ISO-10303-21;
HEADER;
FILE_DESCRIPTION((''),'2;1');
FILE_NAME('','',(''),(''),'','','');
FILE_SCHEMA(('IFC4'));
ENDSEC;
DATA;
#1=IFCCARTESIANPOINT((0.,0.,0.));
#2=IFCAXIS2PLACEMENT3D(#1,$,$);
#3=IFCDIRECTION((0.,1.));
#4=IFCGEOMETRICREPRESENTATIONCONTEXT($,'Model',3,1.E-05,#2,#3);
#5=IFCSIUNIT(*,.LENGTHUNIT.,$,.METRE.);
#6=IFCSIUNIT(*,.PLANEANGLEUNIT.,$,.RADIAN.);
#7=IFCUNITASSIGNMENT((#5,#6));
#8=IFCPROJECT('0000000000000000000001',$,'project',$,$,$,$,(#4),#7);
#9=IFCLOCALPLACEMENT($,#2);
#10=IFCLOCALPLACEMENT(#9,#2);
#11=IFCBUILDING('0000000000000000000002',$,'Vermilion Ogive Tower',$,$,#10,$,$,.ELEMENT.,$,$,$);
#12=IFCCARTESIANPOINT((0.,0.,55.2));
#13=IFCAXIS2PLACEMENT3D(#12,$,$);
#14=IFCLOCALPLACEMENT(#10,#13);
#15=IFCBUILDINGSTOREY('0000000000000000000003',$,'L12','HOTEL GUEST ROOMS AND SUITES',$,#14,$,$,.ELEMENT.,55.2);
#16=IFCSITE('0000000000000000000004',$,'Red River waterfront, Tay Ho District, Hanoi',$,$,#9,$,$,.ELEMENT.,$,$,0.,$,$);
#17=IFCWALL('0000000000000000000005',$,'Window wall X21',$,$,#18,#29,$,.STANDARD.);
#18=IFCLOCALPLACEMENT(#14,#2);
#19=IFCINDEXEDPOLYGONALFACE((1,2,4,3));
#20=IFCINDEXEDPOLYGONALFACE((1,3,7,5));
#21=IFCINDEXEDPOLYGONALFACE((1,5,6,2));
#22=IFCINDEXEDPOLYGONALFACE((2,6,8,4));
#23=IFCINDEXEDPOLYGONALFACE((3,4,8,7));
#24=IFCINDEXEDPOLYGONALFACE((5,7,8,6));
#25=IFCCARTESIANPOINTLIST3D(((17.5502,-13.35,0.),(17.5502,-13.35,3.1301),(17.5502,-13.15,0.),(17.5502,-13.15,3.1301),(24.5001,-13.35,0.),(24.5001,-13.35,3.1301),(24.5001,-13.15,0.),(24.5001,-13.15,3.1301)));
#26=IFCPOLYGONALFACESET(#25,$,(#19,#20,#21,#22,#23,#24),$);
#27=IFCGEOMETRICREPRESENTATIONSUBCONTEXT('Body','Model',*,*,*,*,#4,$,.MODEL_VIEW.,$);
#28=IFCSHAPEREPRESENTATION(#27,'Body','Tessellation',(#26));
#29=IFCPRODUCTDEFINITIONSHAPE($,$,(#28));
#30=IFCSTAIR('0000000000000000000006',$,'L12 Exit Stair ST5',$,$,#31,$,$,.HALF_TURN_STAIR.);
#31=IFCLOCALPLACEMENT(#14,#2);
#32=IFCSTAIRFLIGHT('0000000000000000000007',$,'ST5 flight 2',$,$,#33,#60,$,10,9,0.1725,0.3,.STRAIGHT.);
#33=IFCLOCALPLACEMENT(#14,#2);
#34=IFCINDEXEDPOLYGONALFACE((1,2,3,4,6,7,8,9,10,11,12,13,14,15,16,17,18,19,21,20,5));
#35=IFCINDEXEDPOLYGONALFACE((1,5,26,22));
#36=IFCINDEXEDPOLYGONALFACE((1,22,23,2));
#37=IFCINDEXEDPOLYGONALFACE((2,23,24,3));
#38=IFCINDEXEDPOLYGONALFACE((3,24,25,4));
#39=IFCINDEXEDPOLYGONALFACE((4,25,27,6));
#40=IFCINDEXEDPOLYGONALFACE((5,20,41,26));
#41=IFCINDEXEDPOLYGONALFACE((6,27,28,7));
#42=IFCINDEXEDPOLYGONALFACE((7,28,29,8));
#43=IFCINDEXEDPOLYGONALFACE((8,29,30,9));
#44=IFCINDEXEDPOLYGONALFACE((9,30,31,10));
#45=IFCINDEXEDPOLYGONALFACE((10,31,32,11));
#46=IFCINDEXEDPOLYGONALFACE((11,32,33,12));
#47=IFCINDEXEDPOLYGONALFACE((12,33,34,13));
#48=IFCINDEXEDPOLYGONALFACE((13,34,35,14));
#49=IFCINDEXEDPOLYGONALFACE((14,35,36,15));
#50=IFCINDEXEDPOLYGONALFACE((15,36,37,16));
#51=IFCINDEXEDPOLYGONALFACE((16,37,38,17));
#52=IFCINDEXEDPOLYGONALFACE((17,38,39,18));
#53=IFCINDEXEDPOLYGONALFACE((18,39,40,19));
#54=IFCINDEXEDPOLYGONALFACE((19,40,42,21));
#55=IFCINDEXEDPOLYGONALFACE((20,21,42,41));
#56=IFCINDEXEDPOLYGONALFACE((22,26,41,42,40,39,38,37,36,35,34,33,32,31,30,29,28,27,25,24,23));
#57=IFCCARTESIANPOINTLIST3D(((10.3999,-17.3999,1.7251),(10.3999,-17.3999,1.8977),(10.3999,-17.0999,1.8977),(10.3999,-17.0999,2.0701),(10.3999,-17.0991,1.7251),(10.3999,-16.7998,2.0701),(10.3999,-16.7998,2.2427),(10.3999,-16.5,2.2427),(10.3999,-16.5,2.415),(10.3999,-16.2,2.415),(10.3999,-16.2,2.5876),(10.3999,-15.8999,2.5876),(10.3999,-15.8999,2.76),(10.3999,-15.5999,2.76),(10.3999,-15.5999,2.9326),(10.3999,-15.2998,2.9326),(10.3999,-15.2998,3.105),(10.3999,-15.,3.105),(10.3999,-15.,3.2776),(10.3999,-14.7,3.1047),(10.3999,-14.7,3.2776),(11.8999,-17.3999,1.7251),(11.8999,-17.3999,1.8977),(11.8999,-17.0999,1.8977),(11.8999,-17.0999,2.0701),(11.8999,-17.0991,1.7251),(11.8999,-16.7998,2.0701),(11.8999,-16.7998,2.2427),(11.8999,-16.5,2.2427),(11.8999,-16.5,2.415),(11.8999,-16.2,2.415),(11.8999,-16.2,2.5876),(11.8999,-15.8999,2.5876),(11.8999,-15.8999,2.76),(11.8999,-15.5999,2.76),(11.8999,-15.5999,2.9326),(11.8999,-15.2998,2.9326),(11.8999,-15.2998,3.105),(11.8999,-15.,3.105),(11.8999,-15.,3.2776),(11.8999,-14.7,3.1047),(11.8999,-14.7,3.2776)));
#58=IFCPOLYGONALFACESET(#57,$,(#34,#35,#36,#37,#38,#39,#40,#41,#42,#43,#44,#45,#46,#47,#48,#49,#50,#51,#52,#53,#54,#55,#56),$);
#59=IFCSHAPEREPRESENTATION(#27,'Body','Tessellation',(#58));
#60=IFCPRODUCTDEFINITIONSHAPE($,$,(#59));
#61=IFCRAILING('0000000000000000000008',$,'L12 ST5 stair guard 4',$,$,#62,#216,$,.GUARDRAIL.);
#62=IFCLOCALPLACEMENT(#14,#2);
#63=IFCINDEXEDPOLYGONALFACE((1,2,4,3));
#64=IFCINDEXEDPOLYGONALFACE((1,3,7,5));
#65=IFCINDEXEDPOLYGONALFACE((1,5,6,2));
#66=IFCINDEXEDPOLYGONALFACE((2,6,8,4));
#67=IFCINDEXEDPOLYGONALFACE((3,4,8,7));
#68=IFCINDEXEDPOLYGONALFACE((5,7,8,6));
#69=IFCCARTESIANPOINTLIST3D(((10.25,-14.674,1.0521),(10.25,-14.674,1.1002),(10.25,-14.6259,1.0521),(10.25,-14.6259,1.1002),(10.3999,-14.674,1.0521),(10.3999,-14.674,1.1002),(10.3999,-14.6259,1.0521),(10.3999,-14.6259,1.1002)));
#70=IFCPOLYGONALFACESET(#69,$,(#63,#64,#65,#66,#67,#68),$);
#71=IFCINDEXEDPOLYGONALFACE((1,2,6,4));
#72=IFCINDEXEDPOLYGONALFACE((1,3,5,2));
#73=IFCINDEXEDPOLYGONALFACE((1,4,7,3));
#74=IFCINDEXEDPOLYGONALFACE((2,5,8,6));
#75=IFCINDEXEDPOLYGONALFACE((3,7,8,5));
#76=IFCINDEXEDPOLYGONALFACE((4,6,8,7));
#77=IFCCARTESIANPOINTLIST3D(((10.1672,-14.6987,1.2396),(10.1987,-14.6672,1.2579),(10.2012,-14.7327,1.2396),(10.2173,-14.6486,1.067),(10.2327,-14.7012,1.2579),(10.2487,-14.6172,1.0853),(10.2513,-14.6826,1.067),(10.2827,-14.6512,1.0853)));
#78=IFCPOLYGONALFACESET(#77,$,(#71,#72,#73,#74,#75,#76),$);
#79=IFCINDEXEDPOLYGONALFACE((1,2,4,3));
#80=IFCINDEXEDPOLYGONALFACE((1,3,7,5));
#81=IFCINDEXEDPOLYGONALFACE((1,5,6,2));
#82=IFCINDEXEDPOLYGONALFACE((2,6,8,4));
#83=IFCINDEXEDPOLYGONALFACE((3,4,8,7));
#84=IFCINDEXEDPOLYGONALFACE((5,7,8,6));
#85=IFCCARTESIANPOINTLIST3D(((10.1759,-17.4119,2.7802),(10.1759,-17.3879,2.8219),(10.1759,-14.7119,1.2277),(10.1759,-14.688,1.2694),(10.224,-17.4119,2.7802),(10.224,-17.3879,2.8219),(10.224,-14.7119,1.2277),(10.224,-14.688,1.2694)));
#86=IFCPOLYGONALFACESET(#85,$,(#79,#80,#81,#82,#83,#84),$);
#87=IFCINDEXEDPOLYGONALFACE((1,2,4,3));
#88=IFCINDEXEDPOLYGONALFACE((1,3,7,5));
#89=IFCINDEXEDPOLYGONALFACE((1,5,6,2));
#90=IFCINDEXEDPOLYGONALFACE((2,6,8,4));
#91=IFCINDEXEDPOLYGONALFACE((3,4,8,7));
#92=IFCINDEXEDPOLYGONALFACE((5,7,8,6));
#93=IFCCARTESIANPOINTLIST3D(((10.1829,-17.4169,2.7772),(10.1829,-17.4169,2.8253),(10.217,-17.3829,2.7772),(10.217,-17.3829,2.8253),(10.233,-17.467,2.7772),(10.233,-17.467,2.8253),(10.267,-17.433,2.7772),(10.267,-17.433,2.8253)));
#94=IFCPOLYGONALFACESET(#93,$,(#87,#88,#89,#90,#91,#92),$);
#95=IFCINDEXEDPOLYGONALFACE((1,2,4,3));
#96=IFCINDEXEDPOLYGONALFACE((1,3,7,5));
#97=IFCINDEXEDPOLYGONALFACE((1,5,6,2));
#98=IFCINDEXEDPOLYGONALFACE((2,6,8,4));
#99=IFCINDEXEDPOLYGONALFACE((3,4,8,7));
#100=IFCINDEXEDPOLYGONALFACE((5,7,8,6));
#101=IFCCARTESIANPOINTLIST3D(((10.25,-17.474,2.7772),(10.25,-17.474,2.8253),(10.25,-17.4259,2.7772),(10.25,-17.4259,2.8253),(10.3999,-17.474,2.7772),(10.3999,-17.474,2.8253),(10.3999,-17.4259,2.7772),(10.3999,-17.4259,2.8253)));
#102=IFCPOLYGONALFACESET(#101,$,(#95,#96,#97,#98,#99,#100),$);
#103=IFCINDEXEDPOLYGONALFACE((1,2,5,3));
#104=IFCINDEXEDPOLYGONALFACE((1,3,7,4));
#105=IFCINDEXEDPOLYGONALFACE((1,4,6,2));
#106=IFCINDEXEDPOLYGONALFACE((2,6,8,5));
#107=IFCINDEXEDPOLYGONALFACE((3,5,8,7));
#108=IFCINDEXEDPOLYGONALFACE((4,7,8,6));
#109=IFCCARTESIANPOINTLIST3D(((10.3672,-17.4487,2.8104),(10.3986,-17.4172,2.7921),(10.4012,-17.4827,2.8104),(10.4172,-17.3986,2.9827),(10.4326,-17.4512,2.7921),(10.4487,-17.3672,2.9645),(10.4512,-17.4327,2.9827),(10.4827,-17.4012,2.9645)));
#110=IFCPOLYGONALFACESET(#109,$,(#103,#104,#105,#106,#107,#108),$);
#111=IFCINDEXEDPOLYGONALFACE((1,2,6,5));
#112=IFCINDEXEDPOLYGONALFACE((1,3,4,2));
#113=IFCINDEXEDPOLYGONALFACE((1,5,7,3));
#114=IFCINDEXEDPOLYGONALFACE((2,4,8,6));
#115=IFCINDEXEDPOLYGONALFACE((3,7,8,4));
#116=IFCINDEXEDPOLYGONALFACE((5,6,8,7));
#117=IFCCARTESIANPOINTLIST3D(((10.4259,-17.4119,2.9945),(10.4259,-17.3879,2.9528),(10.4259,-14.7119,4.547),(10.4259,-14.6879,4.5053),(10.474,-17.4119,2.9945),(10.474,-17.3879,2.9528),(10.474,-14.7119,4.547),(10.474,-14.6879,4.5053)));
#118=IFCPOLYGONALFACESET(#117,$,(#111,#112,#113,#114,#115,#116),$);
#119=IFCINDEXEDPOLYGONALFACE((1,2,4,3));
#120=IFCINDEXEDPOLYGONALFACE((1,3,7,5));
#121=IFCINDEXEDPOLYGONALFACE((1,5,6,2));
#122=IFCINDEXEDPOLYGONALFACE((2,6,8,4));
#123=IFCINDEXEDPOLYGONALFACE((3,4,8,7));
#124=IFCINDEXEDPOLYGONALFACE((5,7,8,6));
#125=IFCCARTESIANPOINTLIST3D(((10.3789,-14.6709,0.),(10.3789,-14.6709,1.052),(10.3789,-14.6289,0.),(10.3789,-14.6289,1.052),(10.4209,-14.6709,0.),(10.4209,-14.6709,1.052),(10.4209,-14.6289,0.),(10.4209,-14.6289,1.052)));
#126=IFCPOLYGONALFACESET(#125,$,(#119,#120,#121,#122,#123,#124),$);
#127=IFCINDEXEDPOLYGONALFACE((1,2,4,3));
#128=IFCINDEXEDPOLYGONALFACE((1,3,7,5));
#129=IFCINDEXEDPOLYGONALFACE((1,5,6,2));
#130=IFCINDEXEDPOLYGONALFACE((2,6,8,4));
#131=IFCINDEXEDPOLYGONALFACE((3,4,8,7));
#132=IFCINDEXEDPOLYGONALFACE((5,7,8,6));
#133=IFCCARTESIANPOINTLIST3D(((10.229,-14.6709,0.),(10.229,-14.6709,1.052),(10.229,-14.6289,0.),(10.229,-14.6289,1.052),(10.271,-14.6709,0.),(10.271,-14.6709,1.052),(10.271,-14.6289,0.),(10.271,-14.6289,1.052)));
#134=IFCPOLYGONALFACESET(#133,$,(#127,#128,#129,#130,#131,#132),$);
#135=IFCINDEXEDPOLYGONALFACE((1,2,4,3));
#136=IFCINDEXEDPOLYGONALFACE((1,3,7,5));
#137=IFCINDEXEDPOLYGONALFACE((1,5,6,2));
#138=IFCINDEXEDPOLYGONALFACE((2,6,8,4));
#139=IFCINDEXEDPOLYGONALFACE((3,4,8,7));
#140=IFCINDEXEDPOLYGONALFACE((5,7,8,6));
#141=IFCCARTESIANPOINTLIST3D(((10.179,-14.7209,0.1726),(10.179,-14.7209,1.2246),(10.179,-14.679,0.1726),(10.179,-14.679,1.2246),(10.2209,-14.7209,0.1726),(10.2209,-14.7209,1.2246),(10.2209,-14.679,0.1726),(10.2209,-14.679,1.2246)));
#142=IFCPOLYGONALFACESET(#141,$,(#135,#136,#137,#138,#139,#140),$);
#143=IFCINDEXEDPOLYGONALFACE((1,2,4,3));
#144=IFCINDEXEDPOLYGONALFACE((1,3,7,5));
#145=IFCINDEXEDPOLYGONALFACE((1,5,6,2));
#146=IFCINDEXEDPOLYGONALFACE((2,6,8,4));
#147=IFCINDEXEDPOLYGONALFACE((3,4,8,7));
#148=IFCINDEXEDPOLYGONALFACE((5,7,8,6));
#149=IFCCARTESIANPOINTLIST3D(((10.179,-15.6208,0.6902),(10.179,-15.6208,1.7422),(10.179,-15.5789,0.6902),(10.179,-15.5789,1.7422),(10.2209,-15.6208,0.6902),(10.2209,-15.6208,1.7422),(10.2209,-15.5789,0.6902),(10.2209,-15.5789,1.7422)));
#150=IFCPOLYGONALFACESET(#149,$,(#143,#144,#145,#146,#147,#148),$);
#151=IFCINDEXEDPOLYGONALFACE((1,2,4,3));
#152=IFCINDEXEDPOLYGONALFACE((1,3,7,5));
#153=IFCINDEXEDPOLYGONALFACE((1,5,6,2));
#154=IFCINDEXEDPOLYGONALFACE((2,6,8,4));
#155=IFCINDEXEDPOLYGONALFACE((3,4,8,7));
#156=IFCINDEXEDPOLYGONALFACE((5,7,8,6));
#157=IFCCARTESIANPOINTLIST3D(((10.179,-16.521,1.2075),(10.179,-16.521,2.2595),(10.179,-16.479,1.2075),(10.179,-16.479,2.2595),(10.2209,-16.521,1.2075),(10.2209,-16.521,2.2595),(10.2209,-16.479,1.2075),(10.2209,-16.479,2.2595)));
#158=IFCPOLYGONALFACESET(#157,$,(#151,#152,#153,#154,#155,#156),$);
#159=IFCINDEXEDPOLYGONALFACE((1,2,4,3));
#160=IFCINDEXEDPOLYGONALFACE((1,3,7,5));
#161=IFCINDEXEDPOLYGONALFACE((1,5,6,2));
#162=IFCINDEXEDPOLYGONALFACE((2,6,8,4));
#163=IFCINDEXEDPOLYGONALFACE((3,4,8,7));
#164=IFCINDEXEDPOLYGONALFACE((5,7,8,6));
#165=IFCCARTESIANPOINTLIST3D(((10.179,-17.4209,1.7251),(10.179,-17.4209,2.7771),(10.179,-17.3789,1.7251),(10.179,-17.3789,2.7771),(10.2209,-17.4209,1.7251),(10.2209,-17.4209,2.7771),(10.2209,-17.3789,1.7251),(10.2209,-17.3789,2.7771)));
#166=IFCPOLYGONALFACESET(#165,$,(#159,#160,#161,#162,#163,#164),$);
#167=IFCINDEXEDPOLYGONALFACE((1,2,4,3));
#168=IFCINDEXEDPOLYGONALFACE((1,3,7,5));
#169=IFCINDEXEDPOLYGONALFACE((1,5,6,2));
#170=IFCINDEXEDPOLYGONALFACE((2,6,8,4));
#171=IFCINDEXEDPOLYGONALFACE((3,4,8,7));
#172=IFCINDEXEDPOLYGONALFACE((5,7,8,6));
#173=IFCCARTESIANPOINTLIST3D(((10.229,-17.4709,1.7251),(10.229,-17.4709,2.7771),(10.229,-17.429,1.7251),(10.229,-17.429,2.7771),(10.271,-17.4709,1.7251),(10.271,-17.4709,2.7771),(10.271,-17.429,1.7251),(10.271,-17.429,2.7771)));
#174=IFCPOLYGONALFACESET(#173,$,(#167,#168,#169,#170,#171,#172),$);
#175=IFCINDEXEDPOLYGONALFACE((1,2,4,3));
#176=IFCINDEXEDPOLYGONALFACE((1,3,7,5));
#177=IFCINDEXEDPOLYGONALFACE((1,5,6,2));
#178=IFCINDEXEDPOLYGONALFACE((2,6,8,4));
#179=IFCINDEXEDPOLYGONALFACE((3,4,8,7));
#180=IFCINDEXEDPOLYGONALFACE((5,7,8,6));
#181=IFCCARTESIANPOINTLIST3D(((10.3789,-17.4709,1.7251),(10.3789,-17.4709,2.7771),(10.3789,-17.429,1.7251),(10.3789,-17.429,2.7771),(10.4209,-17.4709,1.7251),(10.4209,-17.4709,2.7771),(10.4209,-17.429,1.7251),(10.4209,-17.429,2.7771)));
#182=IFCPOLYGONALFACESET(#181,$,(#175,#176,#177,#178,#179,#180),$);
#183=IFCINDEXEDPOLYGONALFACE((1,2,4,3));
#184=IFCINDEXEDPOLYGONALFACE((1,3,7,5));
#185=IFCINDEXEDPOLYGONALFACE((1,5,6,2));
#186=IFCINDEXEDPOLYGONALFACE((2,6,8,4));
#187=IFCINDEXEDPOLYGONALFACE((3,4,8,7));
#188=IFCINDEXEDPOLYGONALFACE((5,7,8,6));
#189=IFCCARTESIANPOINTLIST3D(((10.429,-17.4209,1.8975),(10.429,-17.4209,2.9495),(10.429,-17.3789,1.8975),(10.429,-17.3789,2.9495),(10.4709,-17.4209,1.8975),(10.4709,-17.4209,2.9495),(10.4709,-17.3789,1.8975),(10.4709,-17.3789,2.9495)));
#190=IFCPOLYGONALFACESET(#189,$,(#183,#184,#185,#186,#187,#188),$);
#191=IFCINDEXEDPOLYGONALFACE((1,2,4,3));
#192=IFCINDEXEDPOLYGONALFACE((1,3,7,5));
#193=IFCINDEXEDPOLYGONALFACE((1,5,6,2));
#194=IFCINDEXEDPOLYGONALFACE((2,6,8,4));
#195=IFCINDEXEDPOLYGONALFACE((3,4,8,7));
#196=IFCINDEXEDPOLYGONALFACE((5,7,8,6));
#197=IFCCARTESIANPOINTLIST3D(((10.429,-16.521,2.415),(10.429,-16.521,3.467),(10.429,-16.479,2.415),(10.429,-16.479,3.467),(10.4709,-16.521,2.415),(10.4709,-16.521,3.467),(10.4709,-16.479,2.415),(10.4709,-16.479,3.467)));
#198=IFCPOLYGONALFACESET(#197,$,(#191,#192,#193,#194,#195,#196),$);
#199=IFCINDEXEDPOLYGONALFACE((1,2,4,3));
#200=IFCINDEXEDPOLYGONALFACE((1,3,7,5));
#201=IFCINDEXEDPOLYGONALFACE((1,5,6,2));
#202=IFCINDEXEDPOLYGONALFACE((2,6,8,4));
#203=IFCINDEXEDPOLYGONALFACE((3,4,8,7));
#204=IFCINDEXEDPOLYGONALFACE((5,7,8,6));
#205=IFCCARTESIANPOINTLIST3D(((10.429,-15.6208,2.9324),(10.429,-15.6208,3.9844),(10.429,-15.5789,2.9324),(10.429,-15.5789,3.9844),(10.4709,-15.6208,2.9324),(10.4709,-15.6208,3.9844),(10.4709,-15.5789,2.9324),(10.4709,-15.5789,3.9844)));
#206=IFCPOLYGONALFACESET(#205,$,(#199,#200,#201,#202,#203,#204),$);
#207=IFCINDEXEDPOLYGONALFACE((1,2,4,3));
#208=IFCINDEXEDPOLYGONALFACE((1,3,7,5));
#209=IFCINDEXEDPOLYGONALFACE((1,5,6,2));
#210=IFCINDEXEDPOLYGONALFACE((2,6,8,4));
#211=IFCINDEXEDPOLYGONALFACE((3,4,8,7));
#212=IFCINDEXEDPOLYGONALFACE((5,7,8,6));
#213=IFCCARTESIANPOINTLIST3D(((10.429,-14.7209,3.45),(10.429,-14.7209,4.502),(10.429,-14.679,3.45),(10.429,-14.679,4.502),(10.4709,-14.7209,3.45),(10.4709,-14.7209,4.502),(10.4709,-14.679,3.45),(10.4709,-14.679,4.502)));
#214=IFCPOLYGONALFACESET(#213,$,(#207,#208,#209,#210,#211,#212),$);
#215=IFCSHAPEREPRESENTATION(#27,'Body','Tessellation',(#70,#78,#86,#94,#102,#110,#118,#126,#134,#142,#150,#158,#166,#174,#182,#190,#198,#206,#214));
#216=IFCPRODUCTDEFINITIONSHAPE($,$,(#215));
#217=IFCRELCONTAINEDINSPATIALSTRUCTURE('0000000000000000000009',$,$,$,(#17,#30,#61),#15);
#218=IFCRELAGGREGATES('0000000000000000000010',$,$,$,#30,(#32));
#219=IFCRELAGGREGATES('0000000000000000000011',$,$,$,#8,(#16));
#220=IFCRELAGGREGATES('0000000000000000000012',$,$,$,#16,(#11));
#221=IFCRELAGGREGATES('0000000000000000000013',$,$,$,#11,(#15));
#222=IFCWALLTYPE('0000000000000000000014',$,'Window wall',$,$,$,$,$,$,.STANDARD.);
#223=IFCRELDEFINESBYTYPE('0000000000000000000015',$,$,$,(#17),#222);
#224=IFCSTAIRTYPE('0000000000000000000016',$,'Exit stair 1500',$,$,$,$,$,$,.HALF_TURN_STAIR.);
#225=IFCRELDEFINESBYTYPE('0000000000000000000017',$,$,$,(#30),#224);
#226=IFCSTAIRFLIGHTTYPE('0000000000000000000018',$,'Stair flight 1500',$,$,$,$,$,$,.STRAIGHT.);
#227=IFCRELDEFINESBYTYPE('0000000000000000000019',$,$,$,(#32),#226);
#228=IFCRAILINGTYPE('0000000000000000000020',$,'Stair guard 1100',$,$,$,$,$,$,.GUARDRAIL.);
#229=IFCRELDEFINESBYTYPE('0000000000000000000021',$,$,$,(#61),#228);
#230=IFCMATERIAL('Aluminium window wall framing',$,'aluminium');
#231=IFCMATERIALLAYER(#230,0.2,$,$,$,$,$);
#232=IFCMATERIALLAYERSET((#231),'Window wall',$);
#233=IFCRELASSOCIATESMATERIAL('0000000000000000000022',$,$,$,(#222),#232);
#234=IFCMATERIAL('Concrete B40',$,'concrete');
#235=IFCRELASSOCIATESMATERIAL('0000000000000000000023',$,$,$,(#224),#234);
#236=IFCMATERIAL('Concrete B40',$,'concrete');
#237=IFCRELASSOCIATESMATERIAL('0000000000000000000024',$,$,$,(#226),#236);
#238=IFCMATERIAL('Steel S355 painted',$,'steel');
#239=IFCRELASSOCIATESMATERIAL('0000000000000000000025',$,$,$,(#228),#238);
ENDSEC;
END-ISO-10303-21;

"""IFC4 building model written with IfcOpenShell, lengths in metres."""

from ifc_helpers import new_model, si_unit, direction, frame, frame_2d, origin, origin_2d, place, context, subcontext, project, spatial, polyline, rectangle, outline, extrude, material, layer, layer_set, type_object, element, aggregate, save


model = new_model("IFC4")

# Units and contexts
model_context = context("Model", 3, precision=1e-05, world=origin(), true_north=direction((0.0, 1.0)))
body_context = subcontext(model_context, "Body", "Model", "MODEL_VIEW")
ifc_project = project(units=[si_unit("LENGTHUNIT", "METRE"), si_unit("PLANEANGLEUNIT", "RADIAN")], contexts=[model_context])

# Site, building, storey
site_placement = place(None, origin())
site = spatial("IfcSite", under=ifc_project, at=site_placement, Name="Red River waterfront, Tay Ho District, Hanoi", CompositionType="ELEMENT", RefElevation=0.0)
building_placement = place(site_placement, origin())
building = spatial("IfcBuilding", under=site, at=building_placement, Name="Vermilion Ogive Tower", CompositionType="ELEMENT")
storey_placement = place(building_placement, frame((0.0, 0.0, 55.2)))
storey = spatial("IfcBuildingStorey", under=building, at=storey_placement, Name="L12", Description="HOTEL GUEST ROOMS AND SUITES", CompositionType="ELEMENT", Elevation=55.2)

# Shared definitions
ifc_material_1 = material(Name="Aluminium window wall framing", Category="aluminium")
ifc_layer_1 = layer(ifc_material_1, 0.2)
ifc_layer_set_1 = layer_set([ifc_layer_1], Name="Window wall")
wall_type_1 = type_object("IfcWallType", Name="Window wall", PredefinedType="STANDARD", material=ifc_layer_set_1)

# Wall
wall_1_placement = place(storey_placement, frame((17.55, -13.25, 0.0), z_axis=(0.0, 0.0, 1.0), x_axis=(1.0, 0.0, 0.0)))
element("IfcWall", 1, at=wall_1_placement, inside=storey, type_object=wall_type_1, Name="Window wall X21", PredefinedType="STANDARD", context=body_context, shape_type="SweptSolid", body=[
    extrude(rectangle(XDim=6.95, YDim=0.2, at=frame_2d((3.4751, 0.0))), origin(), (0.0, 0.0, 1.0), 3.1301),
])

# Stair, stair flight
ifc_material_2 = material(Name="Concrete B40", Category="concrete")
stair_type = type_object("IfcStairType", Name="Exit stair 1500", PredefinedType="HALF_TURN_STAIR", material=ifc_material_2)
stair_placement = place(storey_placement, origin())
stair = element("IfcStair", 2, at=stair_placement, inside=storey, type_object=stair_type, Name="L12 Exit Stair ST5", PredefinedType="HALF_TURN_STAIR")
ifc_material_3 = material(Name="Concrete B40", Category="concrete")
stair_flight_type = type_object("IfcStairFlightType", Name="Stair flight 1500", PredefinedType="STRAIGHT", material=ifc_material_3)
stair_flight_placement = place(storey_placement, frame((11.1499, -17.3999, 1.7251), z_axis=(0.0, 0.0, 1.0), x_axis=(0.0, 1.0, 0.0)))
stair_flight = element("IfcStairFlight", 3, at=stair_flight_placement, type_object=stair_flight_type, Name="ST5 flight 2", NumberOfRisers=10, NumberOfTreads=9, PredefinedType="STRAIGHT", RiserHeight=0.1725, TreadLength=0.3, context=body_context, shape_type="SweptSolid", body=[
    extrude(outline(polyline([(0.0, 0.0), (0.0, 0.1726), (0.3, 0.1726), (0.3, 0.345), (0.6001, 0.345), (0.6001, 0.5176), (0.8999, 0.5176), (0.8999, 0.6899), (1.2, 0.6899), (1.2, 0.8625), (1.5, 0.8625), (1.5, 1.0349), (1.8, 1.0349), (1.8, 1.2075), (2.1001, 1.2075), (2.1001, 1.3799), (2.3999, 1.3799), (2.3999, 1.5525), (2.7, 1.5525), (2.7, 1.7251), (2.7, 1.3796), (0.3008, 0.0), (0.0, 0.0)])), frame((0.0, 0.75, 0.0), z_axis=(0.0, -1.0, 0.0), x_axis=(1.0, 0.0, 0.0)), (0.0, 0.0, 1.0), 1.5),
])
aggregate(stair, [stair_flight])

# Railing
ifc_material_4 = material(Name="Steel S355 painted", Category="steel")
railing_type_1 = type_object("IfcRailingType", Name="Stair guard 1100", PredefinedType="GUARDRAIL", material=ifc_material_4)
railing_1_placement = place(storey_placement, frame((10.3999, -14.6499, 0.0)))
element("IfcRailing", 4, at=railing_1_placement, inside=storey, type_object=railing_type_1, Name="L12 ST5 stair guard 4", PredefinedType="GUARDRAIL", context=body_context, shape_type="SweptSolid", body=[
    extrude(rectangle(XDim=0.0481, YDim=0.0481, at=origin_2d()), frame((0.0, 0.0, 1.0762), z_axis=(-1.0, 0.0, 0.0), x_axis=(0.0, -1.0, 0.0)), (0.0, 0.0, 1.0), 0.1499),
    extrude(rectangle(XDim=0.0481, YDim=0.0481, at=origin_2d()), frame((-0.1499, 0.0, 1.0762), z_axis=(-0.268278, -0.268278, 0.925232), x_axis=(0.707107, -0.707107, 0.0)), (0.0, 0.0, 1.0), 0.1865),
    extrude(rectangle(XDim=0.0481, YDim=0.0481, at=origin_2d()), frame((-0.2, -0.05, 1.2485), z_axis=(0.0, -0.866904, 0.498476), x_axis=(1.0, 0.0, 0.0)), (0.0, 0.0, 1.0), 3.1145),
    extrude(rectangle(XDim=0.0481, YDim=0.0481, at=origin_2d()), frame((-0.2, -2.75, 2.8013), z_axis=(0.707107, -0.707107, 0.0), x_axis=(0.707107, 0.707107, 0.0)), (0.0, 0.0, 1.0), 0.0708),
    extrude(rectangle(XDim=0.0481, YDim=0.0481, at=origin_2d()), frame((-0.1499, -2.8, 2.8013), z_axis=(1.0, 0.0, 0.0), x_axis=(0.0, 1.0, 0.0)), (0.0, 0.0, 1.0), 0.1499),
    extrude(rectangle(XDim=0.0481, YDim=0.0481, at=origin_2d()), frame((0.0, -2.8, 2.8013), z_axis=(0.268603, 0.268603, 0.925043), x_axis=(-0.707107, 0.707107, 0.0)), (0.0, 0.0, 1.0), 0.1863),
    extrude(rectangle(XDim=0.0481, YDim=0.0481, at=origin_2d()), frame((0.05, -2.75, 2.9736), z_axis=(0.0, 0.866904, 0.498476), x_axis=(-1.0, 0.0, 0.0)), (0.0, 0.0, 1.0), 3.1145),
    extrude(rectangle(XDim=0.042, YDim=0.042, at=origin_2d()), origin(), (0.0, 0.0, 1.0), 1.052),
    extrude(rectangle(XDim=0.042, YDim=0.042, at=origin_2d()), frame((-0.1499, 0.0, 0.0)), (0.0, 0.0, 1.0), 1.052),
    extrude(rectangle(XDim=0.042, YDim=0.042, at=origin_2d()), frame((-0.2, -0.05, 0.1726)), (0.0, 0.0, 1.0), 1.052),
    extrude(rectangle(XDim=0.042, YDim=0.042, at=origin_2d()), frame((-0.2, -0.95, 0.6902)), (0.0, 0.0, 1.0), 1.052),
    extrude(rectangle(XDim=0.042, YDim=0.042, at=origin_2d()), frame((-0.2, -1.8501, 1.2075)), (0.0, 0.0, 1.0), 1.052),
    extrude(rectangle(XDim=0.042, YDim=0.042, at=origin_2d()), frame((-0.2, -2.75, 1.7251)), (0.0, 0.0, 1.0), 1.052),
    extrude(rectangle(XDim=0.042, YDim=0.042, at=origin_2d()), frame((-0.1499, -2.8, 1.7251)), (0.0, 0.0, 1.0), 1.052),
    extrude(rectangle(XDim=0.042, YDim=0.042, at=origin_2d()), frame((0.0, -2.8, 1.7251)), (0.0, 0.0, 1.0), 1.052),
    extrude(rectangle(XDim=0.042, YDim=0.042, at=origin_2d()), frame((0.05, -2.75, 1.8975)), (0.0, 0.0, 1.0), 1.052),
    extrude(rectangle(XDim=0.042, YDim=0.042, at=origin_2d()), frame((0.05, -1.8501, 2.415)), (0.0, 0.0, 1.0), 1.052),
    extrude(rectangle(XDim=0.042, YDim=0.042, at=origin_2d()), frame((0.05, -0.95, 2.9324)), (0.0, 0.0, 1.0), 1.052),
    extrude(rectangle(XDim=0.042, YDim=0.042, at=origin_2d()), frame((0.05, -0.05, 3.45)), (0.0, 0.0, 1.0), 1.052),
])

save(model, "model.ifc")
